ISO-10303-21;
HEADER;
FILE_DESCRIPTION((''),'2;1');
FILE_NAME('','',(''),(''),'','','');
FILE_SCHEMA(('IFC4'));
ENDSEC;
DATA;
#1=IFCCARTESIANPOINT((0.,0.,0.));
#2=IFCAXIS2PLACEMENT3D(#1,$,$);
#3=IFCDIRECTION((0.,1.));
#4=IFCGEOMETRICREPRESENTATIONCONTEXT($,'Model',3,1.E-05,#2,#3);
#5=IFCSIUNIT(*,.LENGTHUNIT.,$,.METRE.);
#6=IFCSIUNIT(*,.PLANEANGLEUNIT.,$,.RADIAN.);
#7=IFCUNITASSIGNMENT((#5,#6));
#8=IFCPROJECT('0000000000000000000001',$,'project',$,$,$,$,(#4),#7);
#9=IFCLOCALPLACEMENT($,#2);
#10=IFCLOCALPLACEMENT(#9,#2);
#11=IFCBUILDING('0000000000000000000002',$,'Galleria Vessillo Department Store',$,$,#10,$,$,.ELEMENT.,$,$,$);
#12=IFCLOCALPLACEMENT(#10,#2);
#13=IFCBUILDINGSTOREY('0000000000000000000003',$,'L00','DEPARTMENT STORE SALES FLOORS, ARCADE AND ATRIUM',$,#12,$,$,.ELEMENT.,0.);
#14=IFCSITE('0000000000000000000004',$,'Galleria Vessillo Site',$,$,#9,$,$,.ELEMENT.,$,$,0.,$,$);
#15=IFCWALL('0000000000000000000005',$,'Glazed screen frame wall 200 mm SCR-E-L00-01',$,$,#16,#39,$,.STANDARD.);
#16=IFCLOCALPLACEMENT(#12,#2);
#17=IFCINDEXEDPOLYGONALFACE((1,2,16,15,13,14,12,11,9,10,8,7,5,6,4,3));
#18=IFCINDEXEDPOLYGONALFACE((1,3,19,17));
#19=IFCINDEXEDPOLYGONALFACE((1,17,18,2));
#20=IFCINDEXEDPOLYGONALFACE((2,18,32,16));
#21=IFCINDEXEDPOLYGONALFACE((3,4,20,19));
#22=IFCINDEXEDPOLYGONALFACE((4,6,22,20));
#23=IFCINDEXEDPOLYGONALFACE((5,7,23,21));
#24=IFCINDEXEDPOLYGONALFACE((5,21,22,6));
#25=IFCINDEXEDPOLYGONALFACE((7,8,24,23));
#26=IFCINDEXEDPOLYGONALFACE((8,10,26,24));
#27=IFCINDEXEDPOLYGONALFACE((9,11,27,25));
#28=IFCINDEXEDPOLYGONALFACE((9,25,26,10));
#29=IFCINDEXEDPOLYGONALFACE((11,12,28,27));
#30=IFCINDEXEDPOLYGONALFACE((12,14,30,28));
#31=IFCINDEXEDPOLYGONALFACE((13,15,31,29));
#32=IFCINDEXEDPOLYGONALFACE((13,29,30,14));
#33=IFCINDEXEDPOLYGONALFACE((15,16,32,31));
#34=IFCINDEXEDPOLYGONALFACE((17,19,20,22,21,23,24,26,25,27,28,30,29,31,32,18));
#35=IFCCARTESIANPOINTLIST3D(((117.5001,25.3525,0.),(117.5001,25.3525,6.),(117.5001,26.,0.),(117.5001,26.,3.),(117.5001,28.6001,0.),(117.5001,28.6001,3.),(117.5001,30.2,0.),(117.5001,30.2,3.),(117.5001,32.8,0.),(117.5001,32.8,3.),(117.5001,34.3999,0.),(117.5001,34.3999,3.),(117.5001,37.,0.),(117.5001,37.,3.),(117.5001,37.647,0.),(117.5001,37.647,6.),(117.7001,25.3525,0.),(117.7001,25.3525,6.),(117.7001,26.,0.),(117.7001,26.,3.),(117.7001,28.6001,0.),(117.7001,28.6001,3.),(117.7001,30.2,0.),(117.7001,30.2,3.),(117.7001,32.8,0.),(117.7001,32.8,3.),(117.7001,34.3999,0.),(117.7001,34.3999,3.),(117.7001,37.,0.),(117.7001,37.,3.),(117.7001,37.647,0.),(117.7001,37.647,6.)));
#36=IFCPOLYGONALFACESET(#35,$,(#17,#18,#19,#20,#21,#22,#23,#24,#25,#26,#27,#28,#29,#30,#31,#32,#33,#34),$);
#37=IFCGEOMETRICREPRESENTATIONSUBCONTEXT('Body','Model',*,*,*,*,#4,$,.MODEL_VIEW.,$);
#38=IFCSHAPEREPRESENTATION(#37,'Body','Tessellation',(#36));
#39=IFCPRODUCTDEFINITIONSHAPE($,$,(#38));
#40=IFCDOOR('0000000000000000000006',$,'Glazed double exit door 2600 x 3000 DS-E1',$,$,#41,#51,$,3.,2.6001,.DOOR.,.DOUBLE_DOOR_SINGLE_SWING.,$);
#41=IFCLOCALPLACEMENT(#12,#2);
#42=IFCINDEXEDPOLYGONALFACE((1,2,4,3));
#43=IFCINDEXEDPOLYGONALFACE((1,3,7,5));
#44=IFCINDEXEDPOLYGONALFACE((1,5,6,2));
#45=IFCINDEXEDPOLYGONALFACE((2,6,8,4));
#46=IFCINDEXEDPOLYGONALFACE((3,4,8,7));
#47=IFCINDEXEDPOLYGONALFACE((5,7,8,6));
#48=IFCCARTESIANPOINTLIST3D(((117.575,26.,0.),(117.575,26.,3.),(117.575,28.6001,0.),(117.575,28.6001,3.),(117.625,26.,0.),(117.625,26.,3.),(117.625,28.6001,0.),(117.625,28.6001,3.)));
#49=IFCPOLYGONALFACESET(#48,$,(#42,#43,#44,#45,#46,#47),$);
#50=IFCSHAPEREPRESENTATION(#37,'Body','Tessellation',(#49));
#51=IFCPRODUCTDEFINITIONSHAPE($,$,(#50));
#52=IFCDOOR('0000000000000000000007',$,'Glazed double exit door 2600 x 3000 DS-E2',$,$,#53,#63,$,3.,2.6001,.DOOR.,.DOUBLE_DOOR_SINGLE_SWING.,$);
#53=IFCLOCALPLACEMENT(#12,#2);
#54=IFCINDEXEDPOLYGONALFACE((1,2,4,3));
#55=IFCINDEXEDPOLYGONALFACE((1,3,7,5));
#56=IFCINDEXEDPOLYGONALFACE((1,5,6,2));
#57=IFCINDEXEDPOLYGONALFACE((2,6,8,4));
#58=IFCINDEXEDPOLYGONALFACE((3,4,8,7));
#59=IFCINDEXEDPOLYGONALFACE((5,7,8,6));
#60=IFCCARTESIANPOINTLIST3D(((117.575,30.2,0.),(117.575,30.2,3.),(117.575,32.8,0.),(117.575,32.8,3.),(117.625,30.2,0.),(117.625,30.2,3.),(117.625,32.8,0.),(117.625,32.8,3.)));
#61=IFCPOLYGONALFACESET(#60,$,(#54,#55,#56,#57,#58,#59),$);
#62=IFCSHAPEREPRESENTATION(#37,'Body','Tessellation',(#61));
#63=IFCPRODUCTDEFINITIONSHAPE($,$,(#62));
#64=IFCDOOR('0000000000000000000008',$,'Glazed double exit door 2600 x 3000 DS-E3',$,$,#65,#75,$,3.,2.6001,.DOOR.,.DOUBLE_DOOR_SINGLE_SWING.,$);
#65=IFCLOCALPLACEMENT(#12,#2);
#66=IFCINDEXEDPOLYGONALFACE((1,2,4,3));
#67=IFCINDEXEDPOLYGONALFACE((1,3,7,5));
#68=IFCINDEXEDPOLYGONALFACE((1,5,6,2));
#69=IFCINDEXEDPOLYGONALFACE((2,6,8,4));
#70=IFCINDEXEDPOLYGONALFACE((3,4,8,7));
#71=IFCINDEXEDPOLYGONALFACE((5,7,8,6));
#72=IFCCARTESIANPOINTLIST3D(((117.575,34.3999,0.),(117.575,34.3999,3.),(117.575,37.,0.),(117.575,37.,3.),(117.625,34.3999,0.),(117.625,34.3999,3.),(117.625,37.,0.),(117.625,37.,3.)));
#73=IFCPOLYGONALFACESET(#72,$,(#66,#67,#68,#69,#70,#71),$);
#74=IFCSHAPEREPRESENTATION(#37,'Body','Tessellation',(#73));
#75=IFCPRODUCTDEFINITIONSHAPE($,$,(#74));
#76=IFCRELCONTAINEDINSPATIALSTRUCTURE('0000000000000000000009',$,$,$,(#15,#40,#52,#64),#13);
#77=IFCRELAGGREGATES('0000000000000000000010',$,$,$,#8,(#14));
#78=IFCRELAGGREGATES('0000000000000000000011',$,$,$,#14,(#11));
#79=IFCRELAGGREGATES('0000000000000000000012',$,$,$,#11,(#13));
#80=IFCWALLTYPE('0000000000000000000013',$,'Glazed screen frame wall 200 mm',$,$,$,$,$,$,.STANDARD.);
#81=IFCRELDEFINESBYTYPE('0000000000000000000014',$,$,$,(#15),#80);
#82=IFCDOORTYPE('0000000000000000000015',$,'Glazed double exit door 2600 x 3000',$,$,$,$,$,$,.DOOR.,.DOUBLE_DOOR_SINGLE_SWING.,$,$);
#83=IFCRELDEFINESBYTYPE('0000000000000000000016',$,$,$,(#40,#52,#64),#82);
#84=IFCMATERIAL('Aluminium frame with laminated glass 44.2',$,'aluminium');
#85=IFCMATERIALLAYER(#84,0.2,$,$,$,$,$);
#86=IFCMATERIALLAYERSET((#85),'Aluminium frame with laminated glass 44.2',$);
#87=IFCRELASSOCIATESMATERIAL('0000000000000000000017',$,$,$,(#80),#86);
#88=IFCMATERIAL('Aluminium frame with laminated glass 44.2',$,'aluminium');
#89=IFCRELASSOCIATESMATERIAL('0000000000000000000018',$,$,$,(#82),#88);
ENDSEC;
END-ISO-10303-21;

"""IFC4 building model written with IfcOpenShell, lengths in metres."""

from ifc_helpers import new_model, si_unit, direction, frame, frame_2d, origin, place, context, subcontext, project, spatial, rectangle, extrude, material, layer, layer_set, type_object, element, fill, save


model = new_model("IFC4")

# Units and contexts
model_context = context("Model", 3, precision=1e-05, world=origin(), true_north=direction((0.0, 1.0)))
body_context = subcontext(model_context, "Body", "Model", "MODEL_VIEW")
ifc_project = project(units=[si_unit("LENGTHUNIT", "METRE"), si_unit("PLANEANGLEUNIT", "RADIAN")], contexts=[model_context])

# Site, building, storey
site_placement = place(None, origin())
site = spatial("IfcSite", under=ifc_project, at=site_placement, Name="Galleria Vessillo Site", CompositionType="ELEMENT", RefElevation=0.0)
building_placement = place(site_placement, origin())
building = spatial("IfcBuilding", under=site, at=building_placement, Name="Galleria Vessillo Department Store", CompositionType="ELEMENT")
storey_placement = place(building_placement, origin())
storey = spatial("IfcBuildingStorey", under=building, at=storey_placement, Name="L00", Description="DEPARTMENT STORE SALES FLOORS, ARCADE AND ATRIUM", CompositionType="ELEMENT", Elevation=0.0)

# Wall, openings, doors
ifc_material_1 = material(Name="Aluminium frame with laminated glass 44.2", Category="aluminium")
ifc_layer_1 = layer(ifc_material_1, 0.2)
ifc_layer_set_1 = layer_set([ifc_layer_1], Name="Aluminium frame with laminated glass 44.2")
wall_type = type_object("IfcWallType", Name="Glazed screen frame wall 200 mm", PredefinedType="STANDARD", material=ifc_layer_set_1)
wall_placement = place(storey_placement, frame((117.6001, 25.3525, 0.0), z_axis=(0.0, 0.0, 1.0), x_axis=(0.0, 1.0, 0.0)))
wall = element("IfcWall", 1, at=wall_placement, inside=storey, type_object=wall_type, Name="Glazed screen frame wall 200 mm SCR-E-L00-01", PredefinedType="STANDARD", context=body_context, shape_type="SweptSolid", body=[
    extrude(rectangle(XDim=12.2944, YDim=0.2, at=frame_2d((6.1472, 0.0))), origin(), (0.0, 0.0, 1.0), 6.0),
])
opening_1_placement = place(wall_placement, frame((0.6475, 0.0, 0.0)))
opening_1 = element("IfcOpeningElement", 2, at=opening_1_placement, cuts=wall, PredefinedType="OPENING", context=body_context, shape_type="SweptSolid", body=[
    extrude(rectangle(XDim=2.6001, YDim=3.0, at=frame_2d((1.3, 1.5))), frame((0.0, 0.1099, 0.0), z_axis=(0.0, -1.0, 0.0), x_axis=(1.0, 0.0, 0.0)), (0.0, 0.0, 1.0), 0.22),
])
opening_2_placement = place(wall_placement, frame((4.8474, 0.0, 0.0)))
opening_2 = element("IfcOpeningElement", 3, at=opening_2_placement, cuts=wall, PredefinedType="OPENING", context=body_context, shape_type="SweptSolid", body=[
    extrude(rectangle(XDim=2.6001, YDim=3.0, at=frame_2d((1.3, 1.5))), frame((0.0, 0.1099, 0.0), z_axis=(0.0, -1.0, 0.0), x_axis=(1.0, 0.0, 0.0)), (0.0, 0.0, 1.0), 0.22),
])
opening_3_placement = place(wall_placement, frame((9.0474, 0.0, 0.0)))
opening_3 = element("IfcOpeningElement", 4, at=opening_3_placement, cuts=wall, PredefinedType="OPENING", context=body_context, shape_type="SweptSolid", body=[
    extrude(rectangle(XDim=2.6001, YDim=3.0, at=frame_2d((1.3, 1.5))), frame((0.0, 0.1099, 0.0), z_axis=(0.0, -1.0, 0.0), x_axis=(1.0, 0.0, 0.0)), (0.0, 0.0, 1.0), 0.22),
])
ifc_material_2 = material(Name="Aluminium frame with laminated glass 44.2", Category="aluminium")
door_type = type_object("IfcDoorType", Name="Glazed double exit door 2600 x 3000", OperationType="DOUBLE_DOOR_SINGLE_SWING", PredefinedType="DOOR", material=ifc_material_2)
door_1_placement = place(opening_1_placement, frame((2.6001, 0.0, 0.0), z_axis=(0.0, 0.0, 1.0), x_axis=(-1.0, 0.0, 0.0)))
door_1 = element("IfcDoor", 5, at=door_1_placement, inside=storey, type_object=door_type, Name="Glazed double exit door 2600 x 3000 DS-E1", OperationType="DOUBLE_DOOR_SINGLE_SWING", OverallHeight=3.0, OverallWidth=2.6001, PredefinedType="DOOR", context=body_context, shape_type="SweptSolid", body=[
    extrude(rectangle(XDim=2.6001, YDim=3.0, at=frame_2d((1.3, 1.5))), frame((0.0, 0.0249, 0.0), z_axis=(0.0, -1.0, 0.0), x_axis=(1.0, 0.0, 0.0)), (0.0, 0.0, 1.0), 0.05),
])
fill(opening_1, door_1)
door_2_placement = place(opening_2_placement, frame((2.6001, 0.0, 0.0), z_axis=(0.0, 0.0, 1.0), x_axis=(-1.0, 0.0, 0.0)))
door_2 = element("IfcDoor", 6, at=door_2_placement, inside=storey, type_object=door_type, Name="Glazed double exit door 2600 x 3000 DS-E2", OperationType="DOUBLE_DOOR_SINGLE_SWING", OverallHeight=3.0, OverallWidth=2.6001, PredefinedType="DOOR", context=body_context, shape_type="SweptSolid", body=[
    extrude(rectangle(XDim=2.6001, YDim=3.0, at=frame_2d((1.3, 1.5))), frame((0.0, 0.0249, 0.0), z_axis=(0.0, -1.0, 0.0), x_axis=(1.0, 0.0, 0.0)), (0.0, 0.0, 1.0), 0.05),
])
fill(opening_2, door_2)
door_3_placement = place(opening_3_placement, frame((2.6001, 0.0, 0.0), z_axis=(0.0, 0.0, 1.0), x_axis=(-1.0, 0.0, 0.0)))
door_3 = element("IfcDoor", 7, at=door_3_placement, inside=storey, type_object=door_type, Name="Glazed double exit door 2600 x 3000 DS-E3", OperationType="DOUBLE_DOOR_SINGLE_SWING", OverallHeight=3.0, OverallWidth=2.6001, PredefinedType="DOOR", context=body_context, shape_type="SweptSolid", body=[
    extrude(rectangle(XDim=2.6001, YDim=3.0, at=frame_2d((1.3, 1.5))), frame((0.0, 0.0249, 0.0), z_axis=(0.0, -1.0, 0.0), x_axis=(1.0, 0.0, 0.0)), (0.0, 0.0, 1.0), 0.05),
])
fill(opening_3, door_3)

save(model, "model.ifc")
